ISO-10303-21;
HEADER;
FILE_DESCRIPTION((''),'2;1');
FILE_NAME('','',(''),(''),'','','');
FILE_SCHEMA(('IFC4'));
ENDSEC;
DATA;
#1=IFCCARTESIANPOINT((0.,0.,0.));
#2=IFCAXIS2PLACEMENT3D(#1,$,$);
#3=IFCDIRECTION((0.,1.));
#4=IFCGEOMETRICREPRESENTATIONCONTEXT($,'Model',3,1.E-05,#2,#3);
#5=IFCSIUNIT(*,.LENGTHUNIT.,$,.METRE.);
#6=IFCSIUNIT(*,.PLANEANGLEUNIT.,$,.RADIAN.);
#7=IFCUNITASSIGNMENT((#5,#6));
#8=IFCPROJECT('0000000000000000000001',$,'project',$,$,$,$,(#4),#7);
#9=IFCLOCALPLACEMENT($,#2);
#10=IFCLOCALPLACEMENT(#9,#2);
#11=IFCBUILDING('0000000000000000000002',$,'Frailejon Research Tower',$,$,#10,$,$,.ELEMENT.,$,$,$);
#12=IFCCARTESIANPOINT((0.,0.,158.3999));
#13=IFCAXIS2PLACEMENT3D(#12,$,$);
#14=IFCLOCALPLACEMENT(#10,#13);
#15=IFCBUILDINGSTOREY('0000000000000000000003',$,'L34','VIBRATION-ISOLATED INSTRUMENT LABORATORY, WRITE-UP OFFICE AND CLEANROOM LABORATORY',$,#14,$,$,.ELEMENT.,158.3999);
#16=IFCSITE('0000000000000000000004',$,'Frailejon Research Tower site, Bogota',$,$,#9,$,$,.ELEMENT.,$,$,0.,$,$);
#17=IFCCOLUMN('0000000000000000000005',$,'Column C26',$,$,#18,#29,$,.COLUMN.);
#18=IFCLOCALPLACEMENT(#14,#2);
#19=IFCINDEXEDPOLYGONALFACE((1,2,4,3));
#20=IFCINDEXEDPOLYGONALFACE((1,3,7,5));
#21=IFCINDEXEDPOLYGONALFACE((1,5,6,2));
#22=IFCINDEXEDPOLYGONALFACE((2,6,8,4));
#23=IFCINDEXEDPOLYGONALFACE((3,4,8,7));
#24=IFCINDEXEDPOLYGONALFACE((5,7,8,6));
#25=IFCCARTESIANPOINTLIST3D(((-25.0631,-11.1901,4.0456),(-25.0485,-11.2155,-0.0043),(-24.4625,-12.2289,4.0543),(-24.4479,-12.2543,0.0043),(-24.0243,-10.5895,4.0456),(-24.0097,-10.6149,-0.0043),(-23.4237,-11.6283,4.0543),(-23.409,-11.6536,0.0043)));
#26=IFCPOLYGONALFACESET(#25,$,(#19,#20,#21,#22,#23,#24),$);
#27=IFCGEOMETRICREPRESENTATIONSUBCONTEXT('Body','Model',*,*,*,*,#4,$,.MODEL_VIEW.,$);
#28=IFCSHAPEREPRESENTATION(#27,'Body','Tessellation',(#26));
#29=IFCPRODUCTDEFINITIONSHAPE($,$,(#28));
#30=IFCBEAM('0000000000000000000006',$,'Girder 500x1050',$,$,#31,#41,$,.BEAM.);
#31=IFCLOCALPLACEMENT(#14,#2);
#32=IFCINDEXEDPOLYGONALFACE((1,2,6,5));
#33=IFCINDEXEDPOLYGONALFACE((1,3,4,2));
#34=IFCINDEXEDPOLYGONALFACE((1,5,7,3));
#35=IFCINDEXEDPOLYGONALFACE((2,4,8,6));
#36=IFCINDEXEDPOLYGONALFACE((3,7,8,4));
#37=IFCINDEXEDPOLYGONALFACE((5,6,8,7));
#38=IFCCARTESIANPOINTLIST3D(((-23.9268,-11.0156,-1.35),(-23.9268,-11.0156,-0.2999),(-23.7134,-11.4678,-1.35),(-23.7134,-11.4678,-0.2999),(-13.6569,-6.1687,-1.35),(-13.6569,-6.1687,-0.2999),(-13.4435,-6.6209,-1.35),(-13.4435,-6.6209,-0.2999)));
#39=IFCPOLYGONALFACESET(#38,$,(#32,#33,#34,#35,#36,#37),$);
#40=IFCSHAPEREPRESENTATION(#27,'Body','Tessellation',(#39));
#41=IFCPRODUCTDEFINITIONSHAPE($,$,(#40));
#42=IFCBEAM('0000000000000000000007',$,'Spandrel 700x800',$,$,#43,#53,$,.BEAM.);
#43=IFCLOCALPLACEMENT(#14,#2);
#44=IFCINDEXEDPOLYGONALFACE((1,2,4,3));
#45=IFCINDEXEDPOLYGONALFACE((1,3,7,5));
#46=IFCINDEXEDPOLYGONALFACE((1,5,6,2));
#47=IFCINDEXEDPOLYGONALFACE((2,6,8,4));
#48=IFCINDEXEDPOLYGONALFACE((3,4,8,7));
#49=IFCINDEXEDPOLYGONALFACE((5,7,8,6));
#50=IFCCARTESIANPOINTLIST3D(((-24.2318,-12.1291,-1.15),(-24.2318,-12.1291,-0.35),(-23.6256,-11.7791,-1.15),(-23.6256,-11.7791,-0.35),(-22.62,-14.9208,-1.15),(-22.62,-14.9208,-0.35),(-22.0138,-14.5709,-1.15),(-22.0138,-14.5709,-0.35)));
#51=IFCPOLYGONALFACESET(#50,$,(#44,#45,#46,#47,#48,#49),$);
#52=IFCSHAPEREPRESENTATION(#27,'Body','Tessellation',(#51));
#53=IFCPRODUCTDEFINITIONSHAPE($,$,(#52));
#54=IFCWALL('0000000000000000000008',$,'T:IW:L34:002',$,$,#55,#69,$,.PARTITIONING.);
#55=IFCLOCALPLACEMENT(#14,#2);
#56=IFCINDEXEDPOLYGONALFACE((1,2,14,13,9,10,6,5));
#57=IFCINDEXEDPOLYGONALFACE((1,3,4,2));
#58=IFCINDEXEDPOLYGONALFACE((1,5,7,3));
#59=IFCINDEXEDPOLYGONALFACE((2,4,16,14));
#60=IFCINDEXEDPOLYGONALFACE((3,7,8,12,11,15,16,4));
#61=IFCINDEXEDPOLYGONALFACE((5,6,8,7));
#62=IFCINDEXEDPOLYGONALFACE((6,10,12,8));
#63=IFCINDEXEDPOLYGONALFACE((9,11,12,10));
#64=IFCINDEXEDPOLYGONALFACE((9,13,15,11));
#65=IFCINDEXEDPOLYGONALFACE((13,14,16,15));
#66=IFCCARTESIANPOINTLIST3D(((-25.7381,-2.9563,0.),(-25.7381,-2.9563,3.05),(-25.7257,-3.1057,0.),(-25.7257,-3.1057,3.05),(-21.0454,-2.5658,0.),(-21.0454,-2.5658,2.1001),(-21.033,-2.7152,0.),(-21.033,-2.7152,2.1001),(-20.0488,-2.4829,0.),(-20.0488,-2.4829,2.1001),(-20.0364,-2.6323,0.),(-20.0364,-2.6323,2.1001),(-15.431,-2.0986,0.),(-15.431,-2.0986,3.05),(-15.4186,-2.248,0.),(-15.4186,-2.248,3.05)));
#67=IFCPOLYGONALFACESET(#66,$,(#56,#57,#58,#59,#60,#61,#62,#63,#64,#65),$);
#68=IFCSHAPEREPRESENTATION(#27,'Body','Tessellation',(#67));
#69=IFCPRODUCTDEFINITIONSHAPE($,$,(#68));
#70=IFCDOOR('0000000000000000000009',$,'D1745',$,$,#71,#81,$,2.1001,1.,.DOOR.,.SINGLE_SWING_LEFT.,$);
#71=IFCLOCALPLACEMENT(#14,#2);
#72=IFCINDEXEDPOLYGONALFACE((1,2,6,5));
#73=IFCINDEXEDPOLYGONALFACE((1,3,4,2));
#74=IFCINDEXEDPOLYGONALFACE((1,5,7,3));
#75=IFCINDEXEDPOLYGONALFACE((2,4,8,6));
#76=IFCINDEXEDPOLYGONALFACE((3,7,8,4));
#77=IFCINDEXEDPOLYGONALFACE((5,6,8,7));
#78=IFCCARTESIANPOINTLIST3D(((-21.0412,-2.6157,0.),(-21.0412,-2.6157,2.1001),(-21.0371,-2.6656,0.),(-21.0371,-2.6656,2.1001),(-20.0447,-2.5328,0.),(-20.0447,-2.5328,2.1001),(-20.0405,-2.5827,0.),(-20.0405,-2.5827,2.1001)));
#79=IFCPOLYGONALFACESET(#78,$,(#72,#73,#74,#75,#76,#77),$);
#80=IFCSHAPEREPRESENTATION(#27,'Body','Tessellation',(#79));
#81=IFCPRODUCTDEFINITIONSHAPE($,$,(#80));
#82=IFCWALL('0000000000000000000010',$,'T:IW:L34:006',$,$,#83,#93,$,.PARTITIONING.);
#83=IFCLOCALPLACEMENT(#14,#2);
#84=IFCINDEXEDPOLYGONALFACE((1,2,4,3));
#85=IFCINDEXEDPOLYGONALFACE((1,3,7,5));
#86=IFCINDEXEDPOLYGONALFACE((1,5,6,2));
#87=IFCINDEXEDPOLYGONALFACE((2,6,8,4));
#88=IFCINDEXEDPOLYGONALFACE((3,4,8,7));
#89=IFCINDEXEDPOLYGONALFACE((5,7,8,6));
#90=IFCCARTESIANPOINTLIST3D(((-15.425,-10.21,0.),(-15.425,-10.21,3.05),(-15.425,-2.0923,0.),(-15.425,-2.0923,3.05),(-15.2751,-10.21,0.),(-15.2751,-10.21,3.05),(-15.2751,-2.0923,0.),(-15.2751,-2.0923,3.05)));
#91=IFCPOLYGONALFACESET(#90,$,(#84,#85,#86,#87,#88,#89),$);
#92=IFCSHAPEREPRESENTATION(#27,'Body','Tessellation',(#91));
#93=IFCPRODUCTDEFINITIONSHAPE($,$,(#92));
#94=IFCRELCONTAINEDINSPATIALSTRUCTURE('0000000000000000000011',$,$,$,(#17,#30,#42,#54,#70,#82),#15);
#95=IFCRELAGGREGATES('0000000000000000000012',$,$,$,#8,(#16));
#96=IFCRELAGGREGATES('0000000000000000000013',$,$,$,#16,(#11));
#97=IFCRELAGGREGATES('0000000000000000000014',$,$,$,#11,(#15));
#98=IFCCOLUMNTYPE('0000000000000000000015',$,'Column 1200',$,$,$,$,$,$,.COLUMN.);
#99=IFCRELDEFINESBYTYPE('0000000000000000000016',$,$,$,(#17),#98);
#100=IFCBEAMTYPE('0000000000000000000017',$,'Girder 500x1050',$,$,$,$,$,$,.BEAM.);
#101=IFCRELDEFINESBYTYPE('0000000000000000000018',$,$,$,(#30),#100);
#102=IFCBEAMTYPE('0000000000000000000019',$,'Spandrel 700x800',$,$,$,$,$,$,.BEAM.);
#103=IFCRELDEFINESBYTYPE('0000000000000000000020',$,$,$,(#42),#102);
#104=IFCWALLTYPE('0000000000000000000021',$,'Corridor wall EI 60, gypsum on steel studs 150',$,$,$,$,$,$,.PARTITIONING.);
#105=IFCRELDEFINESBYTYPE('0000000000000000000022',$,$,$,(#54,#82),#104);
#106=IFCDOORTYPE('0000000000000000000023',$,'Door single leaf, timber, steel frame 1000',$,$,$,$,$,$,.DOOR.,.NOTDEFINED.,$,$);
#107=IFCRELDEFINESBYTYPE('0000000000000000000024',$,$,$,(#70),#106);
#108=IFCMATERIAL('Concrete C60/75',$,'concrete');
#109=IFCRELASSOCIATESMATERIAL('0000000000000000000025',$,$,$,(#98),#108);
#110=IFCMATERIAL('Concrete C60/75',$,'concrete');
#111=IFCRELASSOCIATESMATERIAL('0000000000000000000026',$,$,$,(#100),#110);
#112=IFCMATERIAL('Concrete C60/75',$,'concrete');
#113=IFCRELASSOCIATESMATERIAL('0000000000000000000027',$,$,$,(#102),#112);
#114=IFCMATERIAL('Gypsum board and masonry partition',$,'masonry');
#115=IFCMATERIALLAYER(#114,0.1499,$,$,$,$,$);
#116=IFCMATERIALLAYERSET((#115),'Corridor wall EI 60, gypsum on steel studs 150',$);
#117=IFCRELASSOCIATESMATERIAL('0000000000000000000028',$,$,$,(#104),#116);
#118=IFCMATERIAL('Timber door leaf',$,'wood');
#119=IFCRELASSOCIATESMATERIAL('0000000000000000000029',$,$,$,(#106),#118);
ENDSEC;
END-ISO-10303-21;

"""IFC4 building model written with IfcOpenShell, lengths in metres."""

from ifc_helpers import new_model, si_unit, direction, frame, frame_2d, origin, origin_2d, place, context, subcontext, project, spatial, rectangle, extrude, material, layer, layer_set, material_profile, profile_set, type_object, element, fill, save


model = new_model("IFC4")

# Units and contexts
model_context = context("Model", 3, precision=1e-05, world=origin(), true_north=direction((0.0, 1.0)))
body_context = subcontext(model_context, "Body", "Model", "MODEL_VIEW")
ifc_project = project(units=[si_unit("LENGTHUNIT", "METRE"), si_unit("PLANEANGLEUNIT", "RADIAN")], contexts=[model_context])

# Site, building, storey
site_placement = place(None, origin())
site = spatial("IfcSite", under=ifc_project, at=site_placement, Name="Frailejon Research Tower site, Bogota", CompositionType="ELEMENT", RefElevation=0.0)
building_placement = place(site_placement, origin())
building = spatial("IfcBuilding", under=site, at=building_placement, Name="Frailejon Research Tower", CompositionType="ELEMENT")
storey_placement = place(building_placement, frame((0.0, 0.0, 158.3999)))
storey = spatial("IfcBuildingStorey", under=building, at=storey_placement, Name="L34", Description="VIBRATION-ISOLATED INSTRUMENT LABORATORY, WRITE-UP OFFICE AND CLEANROOM LABORATORY", CompositionType="ELEMENT", Elevation=158.3999)

# Column
ifc_material_1 = material(Name="Concrete C60/75", Category="concrete")
ifc_material_profile_1 = material_profile(ifc_material_1, rectangle(XDim=1.2, YDim=1.2, at=origin_2d()), Name="Column 1200")
ifc_profile_set_1 = profile_set([ifc_material_profile_1], Name="Concrete C60/75")
column_type = type_object("IfcColumnType", Name="Column 1200", PredefinedType="COLUMN", material=ifc_profile_set_1)
column_placement = place(storey_placement, frame((-24.2288, -11.4346, 0.0), z_axis=(-0.003617, 0.006269, 0.999974), x_axis=(0.50053, -0.865689, 0.007238)))
element("IfcColumn", 1, at=column_placement, inside=storey, type_object=column_type, Name="Column C26", PredefinedType="COLUMN", context=body_context, shape_type="SweptSolid", body=[
    extrude(rectangle(XDim=1.2, YDim=1.2, at=origin_2d()), origin(), (0.0, 0.0, 1.0), 4.05),
])

# Beams
ifc_material_2 = material(Name="Concrete C60/75", Category="concrete")
ifc_material_profile_2 = material_profile(ifc_material_2, rectangle(XDim=0.5, YDim=1.05, at=origin_2d()), Name="Girder 500x1050")
ifc_profile_set_2 = profile_set([ifc_material_profile_2], Name="Concrete C60/75")
beam_type_1 = type_object("IfcBeamType", Name="Girder 500x1050", PredefinedType="BEAM", material=ifc_profile_set_2)
beam_1_placement = place(storey_placement, frame((-23.8201, -11.2417, -0.825), z_axis=(0.904344, 0.426804, 0.0), x_axis=(-0.426804, 0.904344, 0.0)))
element("IfcBeam", 2, at=beam_1_placement, inside=storey, type_object=beam_type_1, Name="Girder 500x1050", PredefinedType="BEAM", context=body_context, shape_type="SweptSolid", body=[
    extrude(rectangle(XDim=0.5, YDim=1.05, at=origin_2d()), origin(), (0.0, 0.0, 1.0), 11.3562),
])
ifc_material_3 = material(Name="Concrete C60/75", Category="concrete")
ifc_material_profile_3 = material_profile(ifc_material_3, rectangle(XDim=0.7, YDim=0.8, at=origin_2d()), Name="Spandrel 700x800")
ifc_profile_set_3 = profile_set([ifc_material_profile_3], Name="Concrete C60/75")
beam_type_2 = type_object("IfcBeamType", Name="Spandrel 700x800", PredefinedType="BEAM", material=ifc_profile_set_3)
beam_2_placement = place(storey_placement, frame((-23.9287, -11.9541, -0.75), z_axis=(0.5, -0.866025, 0.0), x_axis=(0.866025, 0.5, 0.0)))
element("IfcBeam", 3, at=beam_2_placement, inside=storey, type_object=beam_type_2, Name="Spandrel 700x800", PredefinedType="BEAM", context=body_context, shape_type="SweptSolid", body=[
    extrude(rectangle(XDim=0.7, YDim=0.8, at=origin_2d()), origin(), (0.0, 0.0, 1.0), 3.2236),
])

# Wall, opening, door
ifc_material_4 = material(Name="Gypsum board and masonry partition", Category="masonry")
ifc_layer_1 = layer(ifc_material_4, 0.1499)
ifc_layer_set_1 = layer_set([ifc_layer_1], Name="Corridor wall EI 60, gypsum on steel studs 150")
wall_type_1 = type_object("IfcWallType", Name="Corridor wall EI 60, gypsum on steel studs 150", PredefinedType="PARTITIONING", material=ifc_layer_set_1)
wall_1_placement = place(storey_placement, frame((-25.7319, -3.031, 0.0), z_axis=(0.0, 0.0, 1.0), x_axis=(0.996556, 0.082924, 0.0)))
wall_1 = element("IfcWall", 4, at=wall_1_placement, inside=storey, type_object=wall_type_1, Name="T:IW:L34:002", PredefinedType="PARTITIONING", context=body_context, shape_type="SweptSolid", body=[
    extrude(rectangle(XDim=10.3428, YDim=0.1499, at=frame_2d((5.1714, 0.0))), origin(), (0.0, 0.0, 1.0), 3.05),
])
opening_1_placement = place(wall_1_placement, frame((4.709, 0.0, 0.0)))
opening_1 = element("IfcOpeningElement", 5, at=opening_1_placement, cuts=wall_1, PredefinedType="OPENING", context=body_context, shape_type="SweptSolid", body=[
    extrude(rectangle(XDim=1.0, YDim=2.1001, at=frame_2d((0.5, 1.05))), frame((0.0, 0.085, 0.0), z_axis=(0.0, -1.0, 0.0), x_axis=(1.0, 0.0, 0.0)), (0.0, 0.0, 1.0), 0.1699),
])
ifc_material_5 = material(Name="Timber door leaf", Category="wood")
door_type_1 = type_object("IfcDoorType", Name="Door single leaf, timber, steel frame 1000", OperationType="NOTDEFINED", PredefinedType="DOOR", material=ifc_material_5)
door_1_placement = place(opening_1_placement, origin())
door_1 = element("IfcDoor", 6, at=door_1_placement, inside=storey, type_object=door_type_1, Name="D1745", OperationType="SINGLE_SWING_LEFT", OverallHeight=2.1001, OverallWidth=1.0, PredefinedType="DOOR", context=body_context, shape_type="SweptSolid", body=[
    extrude(rectangle(XDim=1.0, YDim=2.1001, at=frame_2d((0.5, 1.05))), frame((0.0, 0.0249, 0.0), z_axis=(0.0, -1.0, 0.0), x_axis=(1.0, 0.0, 0.0)), (0.0, 0.0, 1.0), 0.05),
])
fill(opening_1, door_1)

# Wall
wall_2_placement = place(storey_placement, frame((-15.3501, -10.21, 0.0), z_axis=(0.0, 0.0, 1.0), x_axis=(0.0, 1.0, 0.0)))
element("IfcWall", 7, at=wall_2_placement, inside=storey, type_object=wall_type_1, Name="T:IW:L34:006", PredefinedType="PARTITIONING", context=body_context, shape_type="SweptSolid", body=[
    extrude(rectangle(XDim=8.1177, YDim=0.1499, at=frame_2d((4.0588, 0.0))), origin(), (0.0, 0.0, 1.0), 3.05),
])

save(model, "model.ifc")
